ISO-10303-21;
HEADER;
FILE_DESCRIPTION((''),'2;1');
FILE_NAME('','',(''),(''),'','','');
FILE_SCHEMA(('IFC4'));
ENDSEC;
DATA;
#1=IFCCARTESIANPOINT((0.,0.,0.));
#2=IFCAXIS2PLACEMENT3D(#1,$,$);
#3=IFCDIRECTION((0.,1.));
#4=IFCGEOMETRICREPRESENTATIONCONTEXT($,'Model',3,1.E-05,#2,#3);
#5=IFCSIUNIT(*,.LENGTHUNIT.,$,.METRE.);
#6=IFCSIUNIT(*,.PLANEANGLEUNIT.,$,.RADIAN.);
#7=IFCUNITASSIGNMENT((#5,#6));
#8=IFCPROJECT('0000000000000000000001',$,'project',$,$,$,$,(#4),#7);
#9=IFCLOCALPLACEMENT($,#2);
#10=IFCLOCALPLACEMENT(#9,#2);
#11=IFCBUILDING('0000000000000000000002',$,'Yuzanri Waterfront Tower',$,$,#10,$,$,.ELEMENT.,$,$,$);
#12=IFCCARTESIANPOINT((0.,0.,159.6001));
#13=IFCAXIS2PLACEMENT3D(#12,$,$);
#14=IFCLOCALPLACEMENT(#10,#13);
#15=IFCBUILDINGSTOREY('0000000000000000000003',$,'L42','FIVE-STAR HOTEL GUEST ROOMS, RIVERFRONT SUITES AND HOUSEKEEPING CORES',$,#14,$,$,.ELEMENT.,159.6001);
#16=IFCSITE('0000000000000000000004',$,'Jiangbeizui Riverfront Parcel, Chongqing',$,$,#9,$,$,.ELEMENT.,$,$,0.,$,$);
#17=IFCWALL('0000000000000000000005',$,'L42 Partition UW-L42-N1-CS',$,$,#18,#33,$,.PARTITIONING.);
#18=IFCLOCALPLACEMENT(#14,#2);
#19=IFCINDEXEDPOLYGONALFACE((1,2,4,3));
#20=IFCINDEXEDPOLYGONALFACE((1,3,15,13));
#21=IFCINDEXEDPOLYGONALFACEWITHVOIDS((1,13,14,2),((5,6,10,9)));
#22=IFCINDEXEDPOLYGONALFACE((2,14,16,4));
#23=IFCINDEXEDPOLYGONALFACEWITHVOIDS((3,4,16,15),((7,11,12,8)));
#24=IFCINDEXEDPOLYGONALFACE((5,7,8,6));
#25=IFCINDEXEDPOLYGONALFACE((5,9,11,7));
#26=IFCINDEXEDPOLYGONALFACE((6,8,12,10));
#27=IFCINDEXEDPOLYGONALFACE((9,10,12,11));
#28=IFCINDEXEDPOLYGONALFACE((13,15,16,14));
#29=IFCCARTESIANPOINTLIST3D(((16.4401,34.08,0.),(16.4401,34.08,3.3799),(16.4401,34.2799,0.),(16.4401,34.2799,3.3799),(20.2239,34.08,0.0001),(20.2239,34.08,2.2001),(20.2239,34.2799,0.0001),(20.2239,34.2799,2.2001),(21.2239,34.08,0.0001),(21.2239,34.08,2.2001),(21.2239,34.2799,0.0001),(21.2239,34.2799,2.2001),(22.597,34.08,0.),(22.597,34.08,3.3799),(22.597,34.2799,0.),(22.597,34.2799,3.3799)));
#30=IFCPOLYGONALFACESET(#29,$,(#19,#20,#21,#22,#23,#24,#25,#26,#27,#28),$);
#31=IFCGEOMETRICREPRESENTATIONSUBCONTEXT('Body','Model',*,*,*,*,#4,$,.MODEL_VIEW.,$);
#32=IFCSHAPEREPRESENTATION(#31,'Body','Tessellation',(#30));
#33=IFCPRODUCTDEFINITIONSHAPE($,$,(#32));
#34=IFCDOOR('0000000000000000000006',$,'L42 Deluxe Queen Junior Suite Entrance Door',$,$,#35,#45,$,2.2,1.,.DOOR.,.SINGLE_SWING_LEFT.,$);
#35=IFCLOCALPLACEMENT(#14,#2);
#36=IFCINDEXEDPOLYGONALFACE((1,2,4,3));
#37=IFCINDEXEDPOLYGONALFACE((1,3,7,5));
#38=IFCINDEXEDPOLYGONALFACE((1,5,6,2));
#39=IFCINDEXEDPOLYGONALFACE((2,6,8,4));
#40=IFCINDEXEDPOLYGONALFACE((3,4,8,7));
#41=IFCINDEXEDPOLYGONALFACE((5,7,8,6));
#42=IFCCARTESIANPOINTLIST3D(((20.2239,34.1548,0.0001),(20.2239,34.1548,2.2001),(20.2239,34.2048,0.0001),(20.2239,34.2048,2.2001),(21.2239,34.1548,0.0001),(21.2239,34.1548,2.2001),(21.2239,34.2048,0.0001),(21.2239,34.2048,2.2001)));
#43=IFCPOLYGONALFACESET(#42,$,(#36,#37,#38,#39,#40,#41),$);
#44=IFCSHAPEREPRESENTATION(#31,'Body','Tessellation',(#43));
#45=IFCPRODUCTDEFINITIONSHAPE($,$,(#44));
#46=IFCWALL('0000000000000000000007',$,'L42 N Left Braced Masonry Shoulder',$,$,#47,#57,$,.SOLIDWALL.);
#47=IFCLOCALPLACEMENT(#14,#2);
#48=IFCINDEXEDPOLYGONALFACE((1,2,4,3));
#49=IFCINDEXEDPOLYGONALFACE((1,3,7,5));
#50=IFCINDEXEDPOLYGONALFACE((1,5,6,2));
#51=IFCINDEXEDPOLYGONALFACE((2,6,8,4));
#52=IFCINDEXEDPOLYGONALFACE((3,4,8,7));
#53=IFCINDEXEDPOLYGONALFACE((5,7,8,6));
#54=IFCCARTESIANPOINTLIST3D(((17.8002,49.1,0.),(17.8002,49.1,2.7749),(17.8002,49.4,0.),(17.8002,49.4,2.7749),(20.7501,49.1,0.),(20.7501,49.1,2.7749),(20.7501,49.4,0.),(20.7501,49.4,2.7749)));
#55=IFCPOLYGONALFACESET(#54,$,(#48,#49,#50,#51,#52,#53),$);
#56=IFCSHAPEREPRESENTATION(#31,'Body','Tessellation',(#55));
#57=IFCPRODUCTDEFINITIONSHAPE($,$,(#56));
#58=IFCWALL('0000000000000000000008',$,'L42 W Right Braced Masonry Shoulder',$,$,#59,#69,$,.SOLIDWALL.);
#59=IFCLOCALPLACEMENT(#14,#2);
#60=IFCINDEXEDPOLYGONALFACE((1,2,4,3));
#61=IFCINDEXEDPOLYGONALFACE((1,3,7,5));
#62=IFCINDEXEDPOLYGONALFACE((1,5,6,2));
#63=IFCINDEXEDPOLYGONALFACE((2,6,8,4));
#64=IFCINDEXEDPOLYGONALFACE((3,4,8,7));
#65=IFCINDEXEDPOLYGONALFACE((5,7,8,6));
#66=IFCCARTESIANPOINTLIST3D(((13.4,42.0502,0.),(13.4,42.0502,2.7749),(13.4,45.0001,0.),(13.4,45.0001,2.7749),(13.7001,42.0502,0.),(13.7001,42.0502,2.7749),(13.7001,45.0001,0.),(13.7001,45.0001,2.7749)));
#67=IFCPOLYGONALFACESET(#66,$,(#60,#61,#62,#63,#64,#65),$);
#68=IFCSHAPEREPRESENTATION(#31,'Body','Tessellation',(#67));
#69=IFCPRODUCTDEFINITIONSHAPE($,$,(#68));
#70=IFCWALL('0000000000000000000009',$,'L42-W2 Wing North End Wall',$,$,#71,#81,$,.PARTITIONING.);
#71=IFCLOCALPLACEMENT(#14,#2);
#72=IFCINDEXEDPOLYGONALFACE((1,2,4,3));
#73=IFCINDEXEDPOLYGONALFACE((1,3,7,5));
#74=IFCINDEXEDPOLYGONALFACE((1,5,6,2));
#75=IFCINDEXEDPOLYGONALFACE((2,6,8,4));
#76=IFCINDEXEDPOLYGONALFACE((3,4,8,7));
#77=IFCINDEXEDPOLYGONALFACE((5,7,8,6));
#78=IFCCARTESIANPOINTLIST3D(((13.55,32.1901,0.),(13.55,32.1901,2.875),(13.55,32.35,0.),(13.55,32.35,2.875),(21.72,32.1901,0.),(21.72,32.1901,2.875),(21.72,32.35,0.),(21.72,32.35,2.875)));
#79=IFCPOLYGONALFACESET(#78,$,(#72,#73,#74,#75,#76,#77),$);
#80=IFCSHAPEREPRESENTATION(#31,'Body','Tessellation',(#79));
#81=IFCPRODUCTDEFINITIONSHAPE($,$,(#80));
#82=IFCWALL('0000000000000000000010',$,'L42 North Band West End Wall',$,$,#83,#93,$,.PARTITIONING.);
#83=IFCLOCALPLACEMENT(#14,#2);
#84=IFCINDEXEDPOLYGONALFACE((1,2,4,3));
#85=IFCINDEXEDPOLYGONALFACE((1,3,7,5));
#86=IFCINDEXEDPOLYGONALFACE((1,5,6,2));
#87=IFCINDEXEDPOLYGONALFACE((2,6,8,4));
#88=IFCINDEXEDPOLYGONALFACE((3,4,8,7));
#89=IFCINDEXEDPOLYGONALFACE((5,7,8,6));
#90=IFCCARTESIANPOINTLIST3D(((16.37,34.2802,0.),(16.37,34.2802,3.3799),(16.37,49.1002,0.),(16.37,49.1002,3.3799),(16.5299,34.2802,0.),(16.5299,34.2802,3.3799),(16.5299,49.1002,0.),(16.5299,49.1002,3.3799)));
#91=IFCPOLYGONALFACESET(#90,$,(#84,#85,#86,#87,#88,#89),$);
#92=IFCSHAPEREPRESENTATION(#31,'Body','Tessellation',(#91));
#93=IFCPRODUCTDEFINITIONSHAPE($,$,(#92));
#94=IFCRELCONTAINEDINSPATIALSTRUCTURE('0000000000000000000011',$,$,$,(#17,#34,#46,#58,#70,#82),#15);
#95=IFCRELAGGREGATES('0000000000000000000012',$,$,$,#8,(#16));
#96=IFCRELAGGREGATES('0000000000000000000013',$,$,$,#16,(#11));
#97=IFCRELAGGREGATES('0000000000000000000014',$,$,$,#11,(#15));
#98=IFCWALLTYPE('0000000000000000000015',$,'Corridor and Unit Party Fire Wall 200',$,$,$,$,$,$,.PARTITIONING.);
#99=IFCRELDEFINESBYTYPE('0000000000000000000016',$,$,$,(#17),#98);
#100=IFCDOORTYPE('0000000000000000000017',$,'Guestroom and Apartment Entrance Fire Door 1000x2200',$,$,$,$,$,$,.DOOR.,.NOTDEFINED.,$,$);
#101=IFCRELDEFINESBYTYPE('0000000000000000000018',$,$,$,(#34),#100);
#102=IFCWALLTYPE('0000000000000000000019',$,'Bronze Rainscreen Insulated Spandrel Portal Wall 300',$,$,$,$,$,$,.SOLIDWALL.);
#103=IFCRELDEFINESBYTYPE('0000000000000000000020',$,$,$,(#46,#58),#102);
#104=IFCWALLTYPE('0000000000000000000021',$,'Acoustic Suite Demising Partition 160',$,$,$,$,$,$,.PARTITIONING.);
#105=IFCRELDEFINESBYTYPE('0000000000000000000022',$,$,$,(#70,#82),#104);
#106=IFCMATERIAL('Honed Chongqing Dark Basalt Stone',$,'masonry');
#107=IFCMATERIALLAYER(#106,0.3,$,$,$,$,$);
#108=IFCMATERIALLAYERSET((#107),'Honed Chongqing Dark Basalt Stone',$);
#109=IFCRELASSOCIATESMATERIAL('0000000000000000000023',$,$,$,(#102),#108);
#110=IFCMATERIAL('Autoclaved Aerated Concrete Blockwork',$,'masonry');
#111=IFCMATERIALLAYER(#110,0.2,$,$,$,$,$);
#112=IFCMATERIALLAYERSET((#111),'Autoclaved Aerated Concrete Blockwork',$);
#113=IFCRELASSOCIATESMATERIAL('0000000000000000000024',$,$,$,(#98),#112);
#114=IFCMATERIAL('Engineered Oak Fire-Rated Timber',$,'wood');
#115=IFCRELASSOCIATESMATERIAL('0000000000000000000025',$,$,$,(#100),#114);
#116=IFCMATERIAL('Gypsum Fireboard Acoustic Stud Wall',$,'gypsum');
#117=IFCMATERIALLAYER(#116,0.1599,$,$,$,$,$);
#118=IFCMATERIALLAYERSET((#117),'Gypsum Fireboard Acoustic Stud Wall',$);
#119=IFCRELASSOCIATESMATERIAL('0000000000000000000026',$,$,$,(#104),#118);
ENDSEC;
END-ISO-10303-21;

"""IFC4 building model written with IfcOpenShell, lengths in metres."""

from ifc_helpers import new_model, si_unit, direction, frame, frame_2d, origin, place, context, subcontext, project, spatial, rectangle, extrude, source, transform, mapped, material, layer, layer_set, type_object, element, fill, save


model = new_model("IFC4")

# Units and contexts
model_context = context("Model", 3, precision=1e-05, world=origin(), true_north=direction((0.0, 1.0)))
body_context = subcontext(model_context, "Body", "Model", "MODEL_VIEW")
ifc_project = project(units=[si_unit("LENGTHUNIT", "METRE"), si_unit("PLANEANGLEUNIT", "RADIAN")], contexts=[model_context])

# Site, building, storey
site_placement = place(None, origin())
site = spatial("IfcSite", under=ifc_project, at=site_placement, Name="Jiangbeizui Riverfront Parcel, Chongqing", CompositionType="ELEMENT", RefElevation=0.0)
building_placement = place(site_placement, origin())
building = spatial("IfcBuilding", under=site, at=building_placement, Name="Yuzanri Waterfront Tower", CompositionType="ELEMENT")
storey_placement = place(building_placement, frame((0.0, 0.0, 159.6001)))
storey = spatial("IfcBuildingStorey", under=building, at=storey_placement, Name="L42", Description="FIVE-STAR HOTEL GUEST ROOMS, RIVERFRONT SUITES AND HOUSEKEEPING CORES", CompositionType="ELEMENT", Elevation=159.6001)

# Shared definitions
ifc_material_1 = material(Name="Honed Chongqing Dark Basalt Stone", Category="masonry")
ifc_layer_1 = layer(ifc_material_1, 0.3)
ifc_layer_set_1 = layer_set([ifc_layer_1], Name="Honed Chongqing Dark Basalt Stone")
wall_type_1 = type_object("IfcWallType", Name="Bronze Rainscreen Insulated Spandrel Portal Wall 300", PredefinedType="SOLIDWALL", material=ifc_layer_set_1)

# Wall, opening, door
ifc_material_2 = material(Name="Autoclaved Aerated Concrete Blockwork", Category="masonry")
ifc_layer_2 = layer(ifc_material_2, 0.2)
ifc_layer_set_2 = layer_set([ifc_layer_2], Name="Autoclaved Aerated Concrete Blockwork")
wall_type_2 = type_object("IfcWallType", Name="Corridor and Unit Party Fire Wall 200", PredefinedType="PARTITIONING", material=ifc_layer_set_2)
wall_1_placement = place(storey_placement, frame((16.4399, 34.1799, 0.0), z_axis=(0.0, 0.0, 1.0), x_axis=(1.0, 0.0, 0.0)))
wall_1 = element("IfcWall", 1, at=wall_1_placement, inside=storey, type_object=wall_type_2, Name="L42 Partition UW-L42-N1-CS", PredefinedType="PARTITIONING", context=body_context, shape_type="SweptSolid", body=[
    extrude(rectangle(XDim=6.157, YDim=0.2, at=frame_2d((3.0786, 0.0))), origin(), (0.0, 0.0, 1.0), 3.3799),
])
opening_1_placement = place(wall_1_placement, frame((3.7839, 0.0, 0.0)))
opening_1 = element("IfcOpeningElement", 2, at=opening_1_placement, cuts=wall_1, PredefinedType="OPENING", context=body_context, shape_type="SweptSolid", body=[
    extrude(rectangle(XDim=1.0, YDim=2.2, at=frame_2d((0.5, 1.1001))), frame((0.0, 0.1147, 0.0), z_axis=(0.0, -1.0, 0.0), x_axis=(1.0, 0.0, 0.0)), (0.0, 0.0, 1.0), 0.2297),
])
ifc_material_3 = material(Name="Engineered Oak Fire-Rated Timber", Category="wood")
door_type_1 = type_object("IfcDoorType", Name="Guestroom and Apartment Entrance Fire Door 1000x2200", OperationType="NOTDEFINED", PredefinedType="DOOR", material=ifc_material_3)
shared_shape_1 = source(origin(), body_context, "Body", "SweptSolid", [
    extrude(rectangle(XDim=1.0, YDim=2.2, at=frame_2d((0.5, 1.1001))), frame((0.0, 0.0249, 0.0), z_axis=(0.0, -1.0, 0.0), x_axis=(1.0, 0.0, 0.0)), (0.0, 0.0, 1.0), 0.05),
])
door_1_placement = place(opening_1_placement, origin())
door_1 = element("IfcDoor", 3, at=door_1_placement, inside=storey, type_object=door_type_1, Name="L42 Deluxe Queen Junior Suite Entrance Door", OperationType="SINGLE_SWING_LEFT", OverallHeight=2.2, OverallWidth=1.0, PredefinedType="DOOR", context=body_context, shape_type="MappedRepresentation", body=[
    mapped(shared_shape_1, transform((0.0, 0.0, 0.0), scale=1.0)),
])
fill(opening_1, door_1)

# Walls
shared_shape_2 = source(origin(), body_context, "Body", "SweptSolid", [
    extrude(rectangle(XDim=2.95, YDim=0.3, at=frame_2d((1.4751, 0.0))), origin(), (0.0, 0.0, 1.0), 2.7749),
])
for number, where, z_axis, x_axis, name in (
    (4, (17.8, 49.25, 0.0), (0.0, 0.0, 1.0), (1.0, 0.0, 0.0), "L42 N Left Braced Masonry Shoulder"),
    (5, (13.55, 42.05, 0.0), (0.0, 0.0, 1.0), (0.0, 1.0, 0.0), "L42 W Right Braced Masonry Shoulder"),
):
    element("IfcWall", number, at=place(storey_placement, frame(where, z_axis=z_axis, x_axis=x_axis)), inside=storey, type_object=wall_type_1, Name=name, PredefinedType="SOLIDWALL", context=body_context, shape_type="MappedRepresentation", body=[
        mapped(shared_shape_2, transform((0.0, 0.0, 0.0), scale=1.0)),
    ])
ifc_material_4 = material(Name="Gypsum Fireboard Acoustic Stud Wall", Category="gypsum")
ifc_layer_3 = layer(ifc_material_4, 0.1599)
ifc_layer_set_3 = layer_set([ifc_layer_3], Name="Gypsum Fireboard Acoustic Stud Wall")
wall_type_3 = type_object("IfcWallType", Name="Acoustic Suite Demising Partition 160", PredefinedType="PARTITIONING", material=ifc_layer_set_3)
shared_shape_3 = source(origin(), body_context, "Body", "SweptSolid", [
    extrude(rectangle(XDim=8.1699, YDim=0.1599, at=frame_2d((4.085, 0.0))), origin(), (0.0, 0.0, 1.0), 2.875),
])
wall_2_placement = place(storey_placement, frame((13.55, 32.27, 0.0), z_axis=(0.0, 0.0, 1.0), x_axis=(1.0, 0.0, 0.0)))
element("IfcWall", 6, at=wall_2_placement, inside=storey, type_object=wall_type_3, Name="L42-W2 Wing North End Wall", PredefinedType="PARTITIONING", context=body_context, shape_type="MappedRepresentation", body=[
    mapped(shared_shape_3, transform((0.0, 0.0, 0.0), scale=1.0)),
])
shared_shape_4 = source(origin(), body_context, "Body", "SweptSolid", [
    extrude(rectangle(XDim=14.8201, YDim=0.1599, at=frame_2d((7.4102, 0.0))), origin(), (0.0, 0.0, 1.0), 3.3799),
])
wall_3_placement = place(storey_placement, frame((16.45, 34.28, 0.0), z_axis=(0.0, 0.0, 1.0), x_axis=(0.0, 1.0, 0.0)))
element("IfcWall", 7, at=wall_3_placement, inside=storey, type_object=wall_type_3, Name="L42 North Band West End Wall", PredefinedType="PARTITIONING", context=body_context, shape_type="MappedRepresentation", body=[
    mapped(shared_shape_4, transform((0.0, 0.0, 0.0), scale=1.0)),
])

save(model, "model.ifc")
